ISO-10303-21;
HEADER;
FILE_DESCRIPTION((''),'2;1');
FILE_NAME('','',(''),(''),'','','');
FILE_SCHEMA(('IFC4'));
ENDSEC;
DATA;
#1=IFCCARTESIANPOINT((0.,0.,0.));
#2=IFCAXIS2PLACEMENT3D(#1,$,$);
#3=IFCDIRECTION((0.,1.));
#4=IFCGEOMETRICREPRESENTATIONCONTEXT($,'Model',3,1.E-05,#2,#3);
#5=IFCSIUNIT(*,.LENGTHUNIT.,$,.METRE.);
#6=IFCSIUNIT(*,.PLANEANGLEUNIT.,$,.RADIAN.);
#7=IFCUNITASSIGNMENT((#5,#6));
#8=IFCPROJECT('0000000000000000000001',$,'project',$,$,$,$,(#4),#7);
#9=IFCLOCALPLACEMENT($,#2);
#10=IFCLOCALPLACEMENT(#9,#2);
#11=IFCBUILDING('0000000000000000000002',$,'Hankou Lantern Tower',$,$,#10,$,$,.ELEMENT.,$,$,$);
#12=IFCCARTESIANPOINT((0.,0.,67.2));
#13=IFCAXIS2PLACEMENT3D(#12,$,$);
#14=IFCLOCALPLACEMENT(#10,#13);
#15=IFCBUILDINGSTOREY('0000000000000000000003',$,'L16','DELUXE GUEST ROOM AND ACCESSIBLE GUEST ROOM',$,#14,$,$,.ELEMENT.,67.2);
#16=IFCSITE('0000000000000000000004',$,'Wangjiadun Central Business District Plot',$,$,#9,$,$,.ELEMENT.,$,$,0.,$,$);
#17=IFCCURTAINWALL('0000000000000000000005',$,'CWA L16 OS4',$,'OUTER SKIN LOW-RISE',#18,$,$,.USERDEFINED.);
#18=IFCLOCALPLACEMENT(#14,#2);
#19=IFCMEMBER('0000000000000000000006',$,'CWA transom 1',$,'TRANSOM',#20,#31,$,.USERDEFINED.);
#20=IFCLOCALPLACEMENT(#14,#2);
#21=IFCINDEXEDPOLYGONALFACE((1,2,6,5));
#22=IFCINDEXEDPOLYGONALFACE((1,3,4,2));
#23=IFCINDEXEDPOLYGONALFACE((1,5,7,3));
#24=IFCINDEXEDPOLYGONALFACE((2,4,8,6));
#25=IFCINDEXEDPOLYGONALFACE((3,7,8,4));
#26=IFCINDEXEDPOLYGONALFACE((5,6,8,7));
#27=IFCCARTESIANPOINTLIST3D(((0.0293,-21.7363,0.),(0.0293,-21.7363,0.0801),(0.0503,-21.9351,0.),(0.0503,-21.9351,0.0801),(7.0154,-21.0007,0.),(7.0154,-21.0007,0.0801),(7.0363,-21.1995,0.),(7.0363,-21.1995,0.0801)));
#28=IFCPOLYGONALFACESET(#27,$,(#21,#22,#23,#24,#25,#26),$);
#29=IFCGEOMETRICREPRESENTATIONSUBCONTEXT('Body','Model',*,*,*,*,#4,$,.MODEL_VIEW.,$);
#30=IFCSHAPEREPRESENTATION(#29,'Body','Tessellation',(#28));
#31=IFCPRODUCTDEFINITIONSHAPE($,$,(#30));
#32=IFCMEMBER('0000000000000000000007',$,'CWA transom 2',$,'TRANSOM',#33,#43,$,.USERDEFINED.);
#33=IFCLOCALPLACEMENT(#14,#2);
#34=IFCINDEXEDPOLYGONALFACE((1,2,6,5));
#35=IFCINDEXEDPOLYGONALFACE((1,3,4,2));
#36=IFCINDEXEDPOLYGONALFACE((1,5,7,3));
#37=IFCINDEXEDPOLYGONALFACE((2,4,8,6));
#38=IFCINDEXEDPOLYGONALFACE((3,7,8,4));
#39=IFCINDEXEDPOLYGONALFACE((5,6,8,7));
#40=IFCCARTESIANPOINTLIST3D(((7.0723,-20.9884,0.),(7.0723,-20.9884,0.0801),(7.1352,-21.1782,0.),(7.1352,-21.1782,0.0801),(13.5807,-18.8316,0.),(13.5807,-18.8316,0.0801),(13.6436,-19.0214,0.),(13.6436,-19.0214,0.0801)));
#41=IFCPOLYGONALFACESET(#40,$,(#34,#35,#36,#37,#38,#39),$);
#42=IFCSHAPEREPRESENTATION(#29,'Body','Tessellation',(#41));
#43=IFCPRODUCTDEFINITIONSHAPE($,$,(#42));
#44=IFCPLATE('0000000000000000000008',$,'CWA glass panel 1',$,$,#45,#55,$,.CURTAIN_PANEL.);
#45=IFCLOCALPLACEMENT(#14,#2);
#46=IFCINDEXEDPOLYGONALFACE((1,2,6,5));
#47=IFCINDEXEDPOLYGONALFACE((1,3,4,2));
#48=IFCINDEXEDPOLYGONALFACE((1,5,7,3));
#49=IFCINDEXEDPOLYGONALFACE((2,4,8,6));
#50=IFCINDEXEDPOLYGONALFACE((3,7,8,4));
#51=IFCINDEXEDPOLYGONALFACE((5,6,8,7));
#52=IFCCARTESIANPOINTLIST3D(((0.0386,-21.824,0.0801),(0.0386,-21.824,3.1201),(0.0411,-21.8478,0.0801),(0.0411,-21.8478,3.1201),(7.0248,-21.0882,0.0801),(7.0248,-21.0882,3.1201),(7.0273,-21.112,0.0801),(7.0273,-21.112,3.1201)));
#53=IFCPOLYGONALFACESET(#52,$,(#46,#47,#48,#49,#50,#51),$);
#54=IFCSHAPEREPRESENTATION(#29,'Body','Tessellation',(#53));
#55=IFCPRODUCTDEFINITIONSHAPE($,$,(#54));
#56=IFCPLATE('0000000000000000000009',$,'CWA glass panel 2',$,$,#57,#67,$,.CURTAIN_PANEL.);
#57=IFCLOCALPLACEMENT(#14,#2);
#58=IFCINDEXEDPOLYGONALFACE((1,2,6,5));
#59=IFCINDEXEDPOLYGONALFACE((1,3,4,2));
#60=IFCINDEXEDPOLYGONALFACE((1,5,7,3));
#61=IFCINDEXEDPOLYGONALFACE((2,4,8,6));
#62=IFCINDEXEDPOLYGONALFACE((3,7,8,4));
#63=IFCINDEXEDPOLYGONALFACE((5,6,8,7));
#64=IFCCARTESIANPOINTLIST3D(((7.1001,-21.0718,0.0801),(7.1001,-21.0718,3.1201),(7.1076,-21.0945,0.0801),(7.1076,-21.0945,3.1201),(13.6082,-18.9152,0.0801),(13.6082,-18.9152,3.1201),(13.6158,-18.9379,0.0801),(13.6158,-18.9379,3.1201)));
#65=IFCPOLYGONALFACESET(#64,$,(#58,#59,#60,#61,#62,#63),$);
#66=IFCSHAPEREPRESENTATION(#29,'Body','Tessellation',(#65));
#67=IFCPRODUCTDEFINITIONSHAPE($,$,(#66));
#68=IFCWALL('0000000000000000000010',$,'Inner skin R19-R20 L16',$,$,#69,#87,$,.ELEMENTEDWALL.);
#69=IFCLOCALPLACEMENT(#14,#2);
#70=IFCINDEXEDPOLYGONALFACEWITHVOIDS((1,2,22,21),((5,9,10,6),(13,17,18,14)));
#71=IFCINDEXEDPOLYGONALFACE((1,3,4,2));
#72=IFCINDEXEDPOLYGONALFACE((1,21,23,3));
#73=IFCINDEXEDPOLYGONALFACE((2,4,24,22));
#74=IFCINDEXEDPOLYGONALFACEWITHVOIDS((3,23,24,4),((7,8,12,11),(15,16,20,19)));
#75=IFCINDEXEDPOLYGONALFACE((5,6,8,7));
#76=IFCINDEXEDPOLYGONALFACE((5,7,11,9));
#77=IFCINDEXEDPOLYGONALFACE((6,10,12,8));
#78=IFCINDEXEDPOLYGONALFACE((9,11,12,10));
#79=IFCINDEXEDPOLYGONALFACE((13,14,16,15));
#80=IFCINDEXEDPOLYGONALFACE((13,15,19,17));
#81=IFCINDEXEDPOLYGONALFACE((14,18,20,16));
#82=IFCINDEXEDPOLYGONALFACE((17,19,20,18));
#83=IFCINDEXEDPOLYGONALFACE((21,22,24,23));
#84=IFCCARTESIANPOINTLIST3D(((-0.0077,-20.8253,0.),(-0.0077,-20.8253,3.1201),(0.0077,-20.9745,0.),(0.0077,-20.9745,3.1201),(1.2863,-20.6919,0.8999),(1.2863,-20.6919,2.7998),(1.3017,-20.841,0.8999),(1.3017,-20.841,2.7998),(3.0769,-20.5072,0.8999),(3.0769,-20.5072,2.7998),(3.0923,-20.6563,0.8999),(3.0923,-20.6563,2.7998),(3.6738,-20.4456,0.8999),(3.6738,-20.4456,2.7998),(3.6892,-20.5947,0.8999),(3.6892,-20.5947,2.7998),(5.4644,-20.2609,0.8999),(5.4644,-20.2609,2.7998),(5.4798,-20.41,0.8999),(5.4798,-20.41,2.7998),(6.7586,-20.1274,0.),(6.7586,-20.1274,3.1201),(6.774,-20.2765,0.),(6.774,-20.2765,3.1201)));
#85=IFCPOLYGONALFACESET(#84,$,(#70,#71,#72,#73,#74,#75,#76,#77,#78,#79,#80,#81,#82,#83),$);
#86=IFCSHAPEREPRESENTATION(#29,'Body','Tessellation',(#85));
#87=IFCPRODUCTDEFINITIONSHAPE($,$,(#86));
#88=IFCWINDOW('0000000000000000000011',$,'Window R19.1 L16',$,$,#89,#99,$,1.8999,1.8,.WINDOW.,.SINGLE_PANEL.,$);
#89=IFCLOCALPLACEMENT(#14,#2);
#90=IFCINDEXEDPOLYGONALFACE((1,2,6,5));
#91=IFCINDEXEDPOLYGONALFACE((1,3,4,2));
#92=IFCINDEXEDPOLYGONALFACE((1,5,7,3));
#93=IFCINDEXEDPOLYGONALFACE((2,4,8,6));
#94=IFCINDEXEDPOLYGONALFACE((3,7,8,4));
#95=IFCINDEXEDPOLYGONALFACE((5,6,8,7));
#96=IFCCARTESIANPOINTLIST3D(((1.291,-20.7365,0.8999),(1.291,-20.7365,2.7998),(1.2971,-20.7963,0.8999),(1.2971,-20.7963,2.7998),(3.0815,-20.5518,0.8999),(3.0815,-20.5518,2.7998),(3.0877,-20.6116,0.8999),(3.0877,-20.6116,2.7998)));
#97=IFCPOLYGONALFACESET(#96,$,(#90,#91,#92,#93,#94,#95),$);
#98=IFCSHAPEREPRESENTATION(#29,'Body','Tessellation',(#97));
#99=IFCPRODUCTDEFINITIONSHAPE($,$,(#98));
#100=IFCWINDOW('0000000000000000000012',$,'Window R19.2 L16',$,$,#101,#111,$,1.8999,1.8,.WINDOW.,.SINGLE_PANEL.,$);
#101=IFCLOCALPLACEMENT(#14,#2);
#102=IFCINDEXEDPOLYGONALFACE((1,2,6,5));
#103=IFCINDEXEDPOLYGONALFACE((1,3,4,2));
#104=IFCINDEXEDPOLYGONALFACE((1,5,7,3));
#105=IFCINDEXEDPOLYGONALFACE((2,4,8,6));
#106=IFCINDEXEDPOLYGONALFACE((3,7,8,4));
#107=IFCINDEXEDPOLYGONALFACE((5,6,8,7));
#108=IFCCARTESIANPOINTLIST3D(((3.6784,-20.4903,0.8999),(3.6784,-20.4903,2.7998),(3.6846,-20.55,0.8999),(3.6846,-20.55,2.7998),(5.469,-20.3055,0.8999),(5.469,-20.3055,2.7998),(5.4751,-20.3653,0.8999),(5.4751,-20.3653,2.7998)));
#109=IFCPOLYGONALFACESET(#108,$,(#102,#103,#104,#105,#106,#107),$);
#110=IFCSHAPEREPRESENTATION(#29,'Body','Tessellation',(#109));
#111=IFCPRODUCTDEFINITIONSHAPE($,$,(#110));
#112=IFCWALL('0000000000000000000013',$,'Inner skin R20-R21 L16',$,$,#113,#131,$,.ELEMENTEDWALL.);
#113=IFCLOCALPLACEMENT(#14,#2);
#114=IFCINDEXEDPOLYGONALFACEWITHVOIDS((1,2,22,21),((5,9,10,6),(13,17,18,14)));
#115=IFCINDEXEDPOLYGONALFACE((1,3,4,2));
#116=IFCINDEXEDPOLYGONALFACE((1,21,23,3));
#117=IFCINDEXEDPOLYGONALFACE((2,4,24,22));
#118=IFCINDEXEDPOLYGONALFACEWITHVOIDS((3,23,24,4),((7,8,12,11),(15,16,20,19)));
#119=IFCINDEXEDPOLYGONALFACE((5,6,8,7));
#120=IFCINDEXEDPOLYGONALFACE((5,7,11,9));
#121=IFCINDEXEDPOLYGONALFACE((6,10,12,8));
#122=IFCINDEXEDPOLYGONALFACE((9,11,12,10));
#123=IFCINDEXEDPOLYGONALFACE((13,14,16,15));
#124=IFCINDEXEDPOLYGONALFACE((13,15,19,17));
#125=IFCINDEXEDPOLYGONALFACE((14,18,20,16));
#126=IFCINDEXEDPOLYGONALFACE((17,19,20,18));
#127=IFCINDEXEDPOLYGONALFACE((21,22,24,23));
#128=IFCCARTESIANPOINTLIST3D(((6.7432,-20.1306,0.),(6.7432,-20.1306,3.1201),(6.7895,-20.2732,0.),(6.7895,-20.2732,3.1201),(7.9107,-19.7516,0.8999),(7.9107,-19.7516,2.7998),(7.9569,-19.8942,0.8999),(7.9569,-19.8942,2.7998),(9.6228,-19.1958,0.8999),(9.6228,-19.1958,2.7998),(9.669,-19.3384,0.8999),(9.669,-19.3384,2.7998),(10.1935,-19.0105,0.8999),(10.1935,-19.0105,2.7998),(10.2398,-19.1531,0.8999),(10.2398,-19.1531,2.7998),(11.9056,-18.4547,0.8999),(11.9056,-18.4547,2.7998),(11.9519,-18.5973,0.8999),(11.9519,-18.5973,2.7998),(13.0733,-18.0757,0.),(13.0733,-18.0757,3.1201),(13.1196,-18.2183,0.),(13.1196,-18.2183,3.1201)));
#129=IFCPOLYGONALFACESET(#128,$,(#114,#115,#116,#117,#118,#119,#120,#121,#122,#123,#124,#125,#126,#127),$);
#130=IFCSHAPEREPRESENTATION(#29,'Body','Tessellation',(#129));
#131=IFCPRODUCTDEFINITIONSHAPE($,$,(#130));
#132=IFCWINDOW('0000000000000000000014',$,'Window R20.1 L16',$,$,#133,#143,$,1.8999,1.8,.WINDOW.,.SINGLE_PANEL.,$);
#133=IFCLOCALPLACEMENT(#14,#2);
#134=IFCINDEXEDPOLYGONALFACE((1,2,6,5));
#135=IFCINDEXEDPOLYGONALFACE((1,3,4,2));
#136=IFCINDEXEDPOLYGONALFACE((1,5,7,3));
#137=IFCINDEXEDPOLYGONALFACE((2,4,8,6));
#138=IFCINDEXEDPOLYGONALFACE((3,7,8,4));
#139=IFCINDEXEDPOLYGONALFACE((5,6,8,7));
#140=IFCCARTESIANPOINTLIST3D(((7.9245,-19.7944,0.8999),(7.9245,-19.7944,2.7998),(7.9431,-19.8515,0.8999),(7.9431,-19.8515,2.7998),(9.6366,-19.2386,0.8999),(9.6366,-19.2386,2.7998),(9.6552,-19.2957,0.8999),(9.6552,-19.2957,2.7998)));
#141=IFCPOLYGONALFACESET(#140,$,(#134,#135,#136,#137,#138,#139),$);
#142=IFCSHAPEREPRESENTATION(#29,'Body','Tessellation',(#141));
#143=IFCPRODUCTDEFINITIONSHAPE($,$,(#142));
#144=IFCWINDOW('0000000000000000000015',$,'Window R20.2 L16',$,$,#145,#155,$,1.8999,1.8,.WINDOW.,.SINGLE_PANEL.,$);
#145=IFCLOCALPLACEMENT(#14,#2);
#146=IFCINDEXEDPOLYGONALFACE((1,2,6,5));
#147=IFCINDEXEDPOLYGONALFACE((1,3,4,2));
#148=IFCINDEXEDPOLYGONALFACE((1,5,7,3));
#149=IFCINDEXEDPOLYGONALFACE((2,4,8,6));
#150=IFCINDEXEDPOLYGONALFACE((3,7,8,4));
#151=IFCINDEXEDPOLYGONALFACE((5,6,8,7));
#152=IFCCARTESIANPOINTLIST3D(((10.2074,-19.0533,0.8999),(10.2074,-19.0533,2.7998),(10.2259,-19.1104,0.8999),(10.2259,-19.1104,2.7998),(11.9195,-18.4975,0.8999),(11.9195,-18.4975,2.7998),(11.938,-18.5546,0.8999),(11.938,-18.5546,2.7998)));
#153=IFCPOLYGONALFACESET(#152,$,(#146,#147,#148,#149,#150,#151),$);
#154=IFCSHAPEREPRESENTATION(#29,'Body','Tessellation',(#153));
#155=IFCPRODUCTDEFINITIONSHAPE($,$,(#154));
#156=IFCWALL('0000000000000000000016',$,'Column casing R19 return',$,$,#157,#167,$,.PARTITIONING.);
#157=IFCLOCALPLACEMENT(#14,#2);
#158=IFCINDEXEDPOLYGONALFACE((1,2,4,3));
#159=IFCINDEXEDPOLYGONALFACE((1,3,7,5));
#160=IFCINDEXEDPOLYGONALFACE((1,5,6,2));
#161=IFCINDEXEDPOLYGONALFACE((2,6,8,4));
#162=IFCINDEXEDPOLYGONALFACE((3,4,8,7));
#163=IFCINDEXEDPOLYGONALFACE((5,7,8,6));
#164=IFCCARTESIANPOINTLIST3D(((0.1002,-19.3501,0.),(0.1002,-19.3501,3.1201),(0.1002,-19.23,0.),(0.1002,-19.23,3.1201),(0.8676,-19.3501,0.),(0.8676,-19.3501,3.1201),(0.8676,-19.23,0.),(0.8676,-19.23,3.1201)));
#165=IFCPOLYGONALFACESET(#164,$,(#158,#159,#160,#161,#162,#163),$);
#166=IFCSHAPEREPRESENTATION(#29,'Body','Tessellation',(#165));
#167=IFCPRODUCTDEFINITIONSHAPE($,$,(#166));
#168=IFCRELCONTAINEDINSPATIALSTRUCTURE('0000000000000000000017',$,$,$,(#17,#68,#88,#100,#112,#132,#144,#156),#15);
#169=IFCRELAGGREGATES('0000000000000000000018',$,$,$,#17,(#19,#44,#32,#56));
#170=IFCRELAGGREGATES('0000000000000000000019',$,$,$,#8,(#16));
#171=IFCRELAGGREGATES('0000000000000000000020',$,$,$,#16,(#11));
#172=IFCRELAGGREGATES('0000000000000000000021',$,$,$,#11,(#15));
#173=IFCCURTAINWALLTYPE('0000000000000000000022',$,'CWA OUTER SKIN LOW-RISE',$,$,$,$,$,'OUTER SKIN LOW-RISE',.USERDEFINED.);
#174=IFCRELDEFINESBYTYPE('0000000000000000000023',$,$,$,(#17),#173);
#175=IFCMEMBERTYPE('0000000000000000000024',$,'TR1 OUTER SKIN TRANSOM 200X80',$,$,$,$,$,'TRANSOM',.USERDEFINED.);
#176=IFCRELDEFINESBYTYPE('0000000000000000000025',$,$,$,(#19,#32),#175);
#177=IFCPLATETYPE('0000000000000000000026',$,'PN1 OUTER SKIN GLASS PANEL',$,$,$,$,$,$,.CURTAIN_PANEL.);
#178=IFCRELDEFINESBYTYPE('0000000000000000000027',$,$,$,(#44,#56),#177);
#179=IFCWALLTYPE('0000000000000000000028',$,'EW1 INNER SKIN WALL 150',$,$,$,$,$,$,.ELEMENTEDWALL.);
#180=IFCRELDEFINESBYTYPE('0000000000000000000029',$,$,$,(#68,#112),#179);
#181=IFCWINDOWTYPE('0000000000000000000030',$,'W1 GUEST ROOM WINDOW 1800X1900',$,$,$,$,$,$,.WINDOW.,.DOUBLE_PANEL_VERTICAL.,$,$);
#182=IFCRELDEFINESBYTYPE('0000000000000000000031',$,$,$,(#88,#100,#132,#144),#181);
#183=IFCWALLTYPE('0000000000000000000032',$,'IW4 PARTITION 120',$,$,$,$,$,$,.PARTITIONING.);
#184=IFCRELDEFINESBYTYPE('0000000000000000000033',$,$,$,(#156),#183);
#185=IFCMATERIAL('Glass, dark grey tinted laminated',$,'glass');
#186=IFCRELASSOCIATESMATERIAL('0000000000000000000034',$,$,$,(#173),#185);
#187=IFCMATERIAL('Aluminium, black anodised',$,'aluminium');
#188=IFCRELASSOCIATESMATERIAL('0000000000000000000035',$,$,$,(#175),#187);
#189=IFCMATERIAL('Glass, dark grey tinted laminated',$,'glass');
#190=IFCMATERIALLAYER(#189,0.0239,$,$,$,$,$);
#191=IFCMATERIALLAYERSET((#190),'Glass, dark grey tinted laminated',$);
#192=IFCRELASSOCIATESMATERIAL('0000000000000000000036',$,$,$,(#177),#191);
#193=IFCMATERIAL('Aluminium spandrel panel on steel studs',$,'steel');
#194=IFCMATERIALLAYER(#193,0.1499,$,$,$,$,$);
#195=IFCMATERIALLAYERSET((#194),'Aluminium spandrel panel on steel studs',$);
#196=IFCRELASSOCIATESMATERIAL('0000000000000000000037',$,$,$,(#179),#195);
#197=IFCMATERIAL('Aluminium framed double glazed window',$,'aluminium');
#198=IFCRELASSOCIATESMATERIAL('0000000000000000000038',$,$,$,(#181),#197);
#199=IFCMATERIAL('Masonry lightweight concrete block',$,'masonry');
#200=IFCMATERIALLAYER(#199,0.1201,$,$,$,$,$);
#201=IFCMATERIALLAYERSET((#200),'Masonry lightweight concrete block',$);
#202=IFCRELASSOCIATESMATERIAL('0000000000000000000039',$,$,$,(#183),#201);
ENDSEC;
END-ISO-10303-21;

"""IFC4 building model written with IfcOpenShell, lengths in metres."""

from ifc_helpers import new_model, si_unit, direction, frame, frame_2d, origin, origin_2d, place, context, subcontext, project, spatial, rectangle, extrude, material, layer, layer_set, material_profile, profile_set, type_object, element, fill, aggregate, save


model = new_model("IFC4")

# Units and contexts
model_context = context("Model", 3, precision=1e-05, world=origin(), true_north=direction((0.0, 1.0)))
body_context = subcontext(model_context, "Body", "Model", "MODEL_VIEW")
ifc_project = project(units=[si_unit("LENGTHUNIT", "METRE"), si_unit("PLANEANGLEUNIT", "RADIAN")], contexts=[model_context])

# Site, building, storey
site_placement = place(None, origin())
site = spatial("IfcSite", under=ifc_project, at=site_placement, Name="Wangjiadun Central Business District Plot", CompositionType="ELEMENT", RefElevation=0.0)
building_placement = place(site_placement, origin())
building = spatial("IfcBuilding", under=site, at=building_placement, Name="Hankou Lantern Tower", CompositionType="ELEMENT")
storey_placement = place(building_placement, frame((0.0, 0.0, 67.2)))
storey = spatial("IfcBuildingStorey", under=building, at=storey_placement, Name="L16", Description="DELUXE GUEST ROOM AND ACCESSIBLE GUEST ROOM", CompositionType="ELEMENT", Elevation=67.2)

# Curtain wall
ifc_material_1 = material(Name="Glass, dark grey tinted laminated", Category="glass")
curtain_wall_type = type_object("IfcCurtainWallType", Name="CWA OUTER SKIN LOW-RISE", ElementType="OUTER SKIN LOW-RISE", PredefinedType="USERDEFINED", material=ifc_material_1)
curtain_wall_placement = place(storey_placement, origin())
curtain_wall = element("IfcCurtainWall", 1, at=curtain_wall_placement, inside=storey, type_object=curtain_wall_type, Name="CWA L16 OS4", ObjectType="OUTER SKIN LOW-RISE", PredefinedType="USERDEFINED")

# Members
ifc_material_2 = material(Name="Aluminium, black anodised", Category="aluminium")
ifc_material_profile_1 = material_profile(ifc_material_2, rectangle(XDim=0.2, YDim=0.0801, at=origin_2d()), Name="TR1 200X80")
ifc_profile_set_1 = profile_set([ifc_material_profile_1], Name="Aluminium, black anodised")
member_type_1 = type_object("IfcMemberType", Name="TR1 OUTER SKIN TRANSOM 200X80", ElementType="TRANSOM", PredefinedType="USERDEFINED", material=ifc_profile_set_1)
member_1_placement = place(storey_placement, frame((0.0398, -21.8357, 0.04), z_axis=(0.994502, 0.104716, 0.0), x_axis=(-0.104716, 0.994502, 0.0)))
member_1 = element("IfcMember", 2, at=member_1_placement, type_object=member_type_1, Name="CWA transom 1", ObjectType="TRANSOM", PredefinedType="USERDEFINED", context=body_context, shape_type="SweptSolid", body=[
    extrude(rectangle(XDim=0.2, YDim=0.0801, at=origin_2d()), origin(), (0.0, 0.0, 1.0), 7.0247),
])
member_2_placement = place(storey_placement, frame((7.1038, -21.0833, 0.04), z_axis=(0.949237, 0.314561, 0.0), x_axis=(-0.314561, 0.949237, 0.0)))
member_2 = element("IfcMember", 3, at=member_2_placement, type_object=member_type_1, Name="CWA transom 2", ObjectType="TRANSOM", PredefinedType="USERDEFINED", context=body_context, shape_type="SweptSolid", body=[
    extrude(rectangle(XDim=0.2, YDim=0.0801, at=origin_2d()), origin(), (0.0, 0.0, 1.0), 6.8564),
])

# Plates
ifc_material_3 = material(Name="Glass, dark grey tinted laminated", Category="glass")
ifc_layer_1 = layer(ifc_material_3, 0.0239)
ifc_layer_set_1 = layer_set([ifc_layer_1], Name="Glass, dark grey tinted laminated")
plate_type = type_object("IfcPlateType", Name="PN1 OUTER SKIN GLASS PANEL", PredefinedType="CURTAIN_PANEL", material=ifc_layer_set_1)
plate_1_placement = place(storey_placement, frame((3.533, -21.468, 0.0801), z_axis=(0.0, 0.0, 1.0), x_axis=(0.994499, 0.104743, 0.0)))
plate_1 = element("IfcPlate", 4, at=plate_1_placement, type_object=plate_type, Name="CWA glass panel 1", PredefinedType="CURTAIN_PANEL", context=body_context, shape_type="SweptSolid", body=[
    extrude(rectangle(XDim=7.0249, YDim=0.0239, at=origin_2d()), origin(), (0.0, 0.0, 1.0), 3.04),
])
plate_2_placement = place(storey_placement, frame((10.3579, -20.0049, 0.0801), z_axis=(0.0, 0.0, 1.0), x_axis=(0.949241, 0.314551, 0.0)))
plate_2 = element("IfcPlate", 5, at=plate_2_placement, type_object=plate_type, Name="CWA glass panel 2", PredefinedType="CURTAIN_PANEL", context=body_context, shape_type="SweptSolid", body=[
    extrude(rectangle(XDim=6.8562, YDim=0.0239, at=origin_2d()), origin(), (0.0, 0.0, 1.0), 3.04),
])
aggregate(curtain_wall, [member_1, plate_1, member_2, plate_2])

# Walls, openings, windows
ifc_material_4 = material(Name="Aluminium spandrel panel on steel studs", Category="steel")
ifc_layer_2 = layer(ifc_material_4, 0.1499)
ifc_layer_set_2 = layer_set([ifc_layer_2], Name="Aluminium spandrel panel on steel studs")
wall_type_1 = type_object("IfcWallType", Name="EW1 INNER SKIN WALL 150", PredefinedType="ELEMENTEDWALL", material=ifc_layer_set_2)
wall_1_placement = place(storey_placement, frame((0.0, -20.8999, 0.0), z_axis=(0.0, 0.0, 1.0), x_axis=(0.994721, 0.102613, 0.0)))
wall_1 = element("IfcWall", 6, at=wall_1_placement, inside=storey, type_object=wall_type_1, Name="Inner skin R19-R20 L16", PredefinedType="ELEMENTEDWALL", context=body_context, shape_type="SweptSolid", body=[
    extrude(rectangle(XDim=6.8022, YDim=0.1499, at=frame_2d((3.4011, 0.0))), origin(), (0.0, 0.0, 1.0), 3.1201),
])
opening_1_placement = place(wall_1_placement, frame((1.301, 0.0, 0.8999)))
opening_1 = element("IfcOpeningElement", 7, at=opening_1_placement, cuts=wall_1, PredefinedType="OPENING", context=body_context, shape_type="SweptSolid", body=[
    extrude(rectangle(XDim=1.8, YDim=1.8999, at=frame_2d((0.8999, 0.95))), frame((0.0, 0.085, 0.0), z_axis=(0.0, -1.0, 0.0), x_axis=(1.0, 0.0, 0.0)), (0.0, 0.0, 1.0), 0.1699),
])
opening_2_placement = place(wall_1_placement, frame((3.7012, 0.0, 0.8999)))
opening_2 = element("IfcOpeningElement", 8, at=opening_2_placement, cuts=wall_1, PredefinedType="OPENING", context=body_context, shape_type="SweptSolid", body=[
    extrude(rectangle(XDim=1.8, YDim=1.8999, at=frame_2d((0.8999, 0.95))), frame((0.0, 0.085, 0.0), z_axis=(0.0, -1.0, 0.0), x_axis=(1.0, 0.0, 0.0)), (0.0, 0.0, 1.0), 0.1699),
])
ifc_material_5 = material(Name="Aluminium framed double glazed window", Category="aluminium")
window_type = type_object("IfcWindowType", Name="W1 GUEST ROOM WINDOW 1800X1900", PartitioningType="DOUBLE_PANEL_VERTICAL", PredefinedType="WINDOW", material=ifc_material_5)
window_1_placement = place(opening_1_placement, origin())
window_1 = element("IfcWindow", 9, at=window_1_placement, inside=storey, type_object=window_type, Name="Window R19.1 L16", OverallHeight=1.8999, OverallWidth=1.8, PartitioningType="SINGLE_PANEL", PredefinedType="WINDOW", context=body_context, shape_type="SweptSolid", body=[
    extrude(rectangle(XDim=1.8, YDim=1.8999, at=frame_2d((0.8999, 0.95))), frame((0.0, 0.03, 0.0), z_axis=(0.0, -1.0, 0.0), x_axis=(1.0, 0.0, 0.0)), (0.0, 0.0, 1.0), 0.0601),
])
fill(opening_1, window_1)
window_2_placement = place(opening_2_placement, origin())
window_2 = element("IfcWindow", 10, at=window_2_placement, inside=storey, type_object=window_type, Name="Window R19.2 L16", OverallHeight=1.8999, OverallWidth=1.8, PartitioningType="SINGLE_PANEL", PredefinedType="WINDOW", context=body_context, shape_type="SweptSolid", body=[
    extrude(rectangle(XDim=1.8, YDim=1.8999, at=frame_2d((0.8999, 0.95))), frame((0.0, 0.03, 0.0), z_axis=(0.0, -1.0, 0.0), x_axis=(1.0, 0.0, 0.0)), (0.0, 0.0, 1.0), 0.0601),
])
fill(opening_2, window_2)
wall_2_placement = place(storey_placement, frame((6.7664, -20.2019, 0.0), z_axis=(0.0, 0.0, 1.0), x_axis=(0.951138, 0.308768, 0.0)))
wall_2 = element("IfcWall", 11, at=wall_2_placement, inside=storey, type_object=wall_type_1, Name="Inner skin R20-R21 L16", PredefinedType="ELEMENTEDWALL", context=body_context, shape_type="SweptSolid", body=[
    extrude(rectangle(XDim=6.6553, YDim=0.1499, at=frame_2d((3.3276, 0.0))), origin(), (0.0, 0.0, 1.0), 3.1201),
])
opening_3_placement = place(wall_2_placement, frame((1.2275, 0.0, 0.8999)))
opening_3 = element("IfcOpeningElement", 12, at=opening_3_placement, cuts=wall_2, PredefinedType="OPENING", context=body_context, shape_type="SweptSolid", body=[
    extrude(rectangle(XDim=1.8, YDim=1.8999, at=frame_2d((0.8999, 0.95))), frame((0.0, 0.085, 0.0), z_axis=(0.0, -1.0, 0.0), x_axis=(1.0, 0.0, 0.0)), (0.0, 0.0, 1.0), 0.1699),
])
opening_4_placement = place(wall_2_placement, frame((3.6277, 0.0, 0.8999)))
opening_4 = element("IfcOpeningElement", 13, at=opening_4_placement, cuts=wall_2, PredefinedType="OPENING", context=body_context, shape_type="SweptSolid", body=[
    extrude(rectangle(XDim=1.8, YDim=1.8999, at=frame_2d((0.8999, 0.95))), frame((0.0, 0.085, 0.0), z_axis=(0.0, -1.0, 0.0), x_axis=(1.0, 0.0, 0.0)), (0.0, 0.0, 1.0), 0.1699),
])
window_3_placement = place(opening_3_placement, origin())
window_3 = element("IfcWindow", 14, at=window_3_placement, inside=storey, type_object=window_type, Name="Window R20.1 L16", OverallHeight=1.8999, OverallWidth=1.8, PartitioningType="SINGLE_PANEL", PredefinedType="WINDOW", context=body_context, shape_type="SweptSolid", body=[
    extrude(rectangle(XDim=1.8, YDim=1.8999, at=frame_2d((0.8999, 0.95))), frame((0.0, 0.03, 0.0), z_axis=(0.0, -1.0, 0.0), x_axis=(1.0, 0.0, 0.0)), (0.0, 0.0, 1.0), 0.0601),
])
fill(opening_3, window_3)
window_4_placement = place(opening_4_placement, origin())
window_4 = element("IfcWindow", 15, at=window_4_placement, inside=storey, type_object=window_type, Name="Window R20.2 L16", OverallHeight=1.8999, OverallWidth=1.8, PartitioningType="SINGLE_PANEL", PredefinedType="WINDOW", context=body_context, shape_type="SweptSolid", body=[
    extrude(rectangle(XDim=1.8, YDim=1.8999, at=frame_2d((0.8999, 0.95))), frame((0.0, 0.03, 0.0), z_axis=(0.0, -1.0, 0.0), x_axis=(1.0, 0.0, 0.0)), (0.0, 0.0, 1.0), 0.0601),
])
fill(opening_4, window_4)

# Wall
ifc_material_6 = material(Name="Masonry lightweight concrete block", Category="masonry")
ifc_layer_3 = layer(ifc_material_6, 0.1201)
ifc_layer_set_3 = layer_set([ifc_layer_3], Name="Masonry lightweight concrete block")
wall_type_2 = type_object("IfcWallType", Name="IW4 PARTITION 120", PredefinedType="PARTITIONING", material=ifc_layer_set_3)
wall_3_placement = place(storey_placement, frame((0.1001, -19.29, 0.0), z_axis=(0.0, 0.0, 1.0), x_axis=(1.0, 0.0, 0.0)))
element("IfcWall", 16, at=wall_3_placement, inside=storey, type_object=wall_type_2, Name="Column casing R19 return", PredefinedType="PARTITIONING", context=body_context, shape_type="SweptSolid", body=[
    extrude(rectangle(XDim=0.7673, YDim=0.1201, at=frame_2d((0.3838, 0.0))), origin(), (0.0, 0.0, 1.0), 3.1201),
])

save(model, "model.ifc")
